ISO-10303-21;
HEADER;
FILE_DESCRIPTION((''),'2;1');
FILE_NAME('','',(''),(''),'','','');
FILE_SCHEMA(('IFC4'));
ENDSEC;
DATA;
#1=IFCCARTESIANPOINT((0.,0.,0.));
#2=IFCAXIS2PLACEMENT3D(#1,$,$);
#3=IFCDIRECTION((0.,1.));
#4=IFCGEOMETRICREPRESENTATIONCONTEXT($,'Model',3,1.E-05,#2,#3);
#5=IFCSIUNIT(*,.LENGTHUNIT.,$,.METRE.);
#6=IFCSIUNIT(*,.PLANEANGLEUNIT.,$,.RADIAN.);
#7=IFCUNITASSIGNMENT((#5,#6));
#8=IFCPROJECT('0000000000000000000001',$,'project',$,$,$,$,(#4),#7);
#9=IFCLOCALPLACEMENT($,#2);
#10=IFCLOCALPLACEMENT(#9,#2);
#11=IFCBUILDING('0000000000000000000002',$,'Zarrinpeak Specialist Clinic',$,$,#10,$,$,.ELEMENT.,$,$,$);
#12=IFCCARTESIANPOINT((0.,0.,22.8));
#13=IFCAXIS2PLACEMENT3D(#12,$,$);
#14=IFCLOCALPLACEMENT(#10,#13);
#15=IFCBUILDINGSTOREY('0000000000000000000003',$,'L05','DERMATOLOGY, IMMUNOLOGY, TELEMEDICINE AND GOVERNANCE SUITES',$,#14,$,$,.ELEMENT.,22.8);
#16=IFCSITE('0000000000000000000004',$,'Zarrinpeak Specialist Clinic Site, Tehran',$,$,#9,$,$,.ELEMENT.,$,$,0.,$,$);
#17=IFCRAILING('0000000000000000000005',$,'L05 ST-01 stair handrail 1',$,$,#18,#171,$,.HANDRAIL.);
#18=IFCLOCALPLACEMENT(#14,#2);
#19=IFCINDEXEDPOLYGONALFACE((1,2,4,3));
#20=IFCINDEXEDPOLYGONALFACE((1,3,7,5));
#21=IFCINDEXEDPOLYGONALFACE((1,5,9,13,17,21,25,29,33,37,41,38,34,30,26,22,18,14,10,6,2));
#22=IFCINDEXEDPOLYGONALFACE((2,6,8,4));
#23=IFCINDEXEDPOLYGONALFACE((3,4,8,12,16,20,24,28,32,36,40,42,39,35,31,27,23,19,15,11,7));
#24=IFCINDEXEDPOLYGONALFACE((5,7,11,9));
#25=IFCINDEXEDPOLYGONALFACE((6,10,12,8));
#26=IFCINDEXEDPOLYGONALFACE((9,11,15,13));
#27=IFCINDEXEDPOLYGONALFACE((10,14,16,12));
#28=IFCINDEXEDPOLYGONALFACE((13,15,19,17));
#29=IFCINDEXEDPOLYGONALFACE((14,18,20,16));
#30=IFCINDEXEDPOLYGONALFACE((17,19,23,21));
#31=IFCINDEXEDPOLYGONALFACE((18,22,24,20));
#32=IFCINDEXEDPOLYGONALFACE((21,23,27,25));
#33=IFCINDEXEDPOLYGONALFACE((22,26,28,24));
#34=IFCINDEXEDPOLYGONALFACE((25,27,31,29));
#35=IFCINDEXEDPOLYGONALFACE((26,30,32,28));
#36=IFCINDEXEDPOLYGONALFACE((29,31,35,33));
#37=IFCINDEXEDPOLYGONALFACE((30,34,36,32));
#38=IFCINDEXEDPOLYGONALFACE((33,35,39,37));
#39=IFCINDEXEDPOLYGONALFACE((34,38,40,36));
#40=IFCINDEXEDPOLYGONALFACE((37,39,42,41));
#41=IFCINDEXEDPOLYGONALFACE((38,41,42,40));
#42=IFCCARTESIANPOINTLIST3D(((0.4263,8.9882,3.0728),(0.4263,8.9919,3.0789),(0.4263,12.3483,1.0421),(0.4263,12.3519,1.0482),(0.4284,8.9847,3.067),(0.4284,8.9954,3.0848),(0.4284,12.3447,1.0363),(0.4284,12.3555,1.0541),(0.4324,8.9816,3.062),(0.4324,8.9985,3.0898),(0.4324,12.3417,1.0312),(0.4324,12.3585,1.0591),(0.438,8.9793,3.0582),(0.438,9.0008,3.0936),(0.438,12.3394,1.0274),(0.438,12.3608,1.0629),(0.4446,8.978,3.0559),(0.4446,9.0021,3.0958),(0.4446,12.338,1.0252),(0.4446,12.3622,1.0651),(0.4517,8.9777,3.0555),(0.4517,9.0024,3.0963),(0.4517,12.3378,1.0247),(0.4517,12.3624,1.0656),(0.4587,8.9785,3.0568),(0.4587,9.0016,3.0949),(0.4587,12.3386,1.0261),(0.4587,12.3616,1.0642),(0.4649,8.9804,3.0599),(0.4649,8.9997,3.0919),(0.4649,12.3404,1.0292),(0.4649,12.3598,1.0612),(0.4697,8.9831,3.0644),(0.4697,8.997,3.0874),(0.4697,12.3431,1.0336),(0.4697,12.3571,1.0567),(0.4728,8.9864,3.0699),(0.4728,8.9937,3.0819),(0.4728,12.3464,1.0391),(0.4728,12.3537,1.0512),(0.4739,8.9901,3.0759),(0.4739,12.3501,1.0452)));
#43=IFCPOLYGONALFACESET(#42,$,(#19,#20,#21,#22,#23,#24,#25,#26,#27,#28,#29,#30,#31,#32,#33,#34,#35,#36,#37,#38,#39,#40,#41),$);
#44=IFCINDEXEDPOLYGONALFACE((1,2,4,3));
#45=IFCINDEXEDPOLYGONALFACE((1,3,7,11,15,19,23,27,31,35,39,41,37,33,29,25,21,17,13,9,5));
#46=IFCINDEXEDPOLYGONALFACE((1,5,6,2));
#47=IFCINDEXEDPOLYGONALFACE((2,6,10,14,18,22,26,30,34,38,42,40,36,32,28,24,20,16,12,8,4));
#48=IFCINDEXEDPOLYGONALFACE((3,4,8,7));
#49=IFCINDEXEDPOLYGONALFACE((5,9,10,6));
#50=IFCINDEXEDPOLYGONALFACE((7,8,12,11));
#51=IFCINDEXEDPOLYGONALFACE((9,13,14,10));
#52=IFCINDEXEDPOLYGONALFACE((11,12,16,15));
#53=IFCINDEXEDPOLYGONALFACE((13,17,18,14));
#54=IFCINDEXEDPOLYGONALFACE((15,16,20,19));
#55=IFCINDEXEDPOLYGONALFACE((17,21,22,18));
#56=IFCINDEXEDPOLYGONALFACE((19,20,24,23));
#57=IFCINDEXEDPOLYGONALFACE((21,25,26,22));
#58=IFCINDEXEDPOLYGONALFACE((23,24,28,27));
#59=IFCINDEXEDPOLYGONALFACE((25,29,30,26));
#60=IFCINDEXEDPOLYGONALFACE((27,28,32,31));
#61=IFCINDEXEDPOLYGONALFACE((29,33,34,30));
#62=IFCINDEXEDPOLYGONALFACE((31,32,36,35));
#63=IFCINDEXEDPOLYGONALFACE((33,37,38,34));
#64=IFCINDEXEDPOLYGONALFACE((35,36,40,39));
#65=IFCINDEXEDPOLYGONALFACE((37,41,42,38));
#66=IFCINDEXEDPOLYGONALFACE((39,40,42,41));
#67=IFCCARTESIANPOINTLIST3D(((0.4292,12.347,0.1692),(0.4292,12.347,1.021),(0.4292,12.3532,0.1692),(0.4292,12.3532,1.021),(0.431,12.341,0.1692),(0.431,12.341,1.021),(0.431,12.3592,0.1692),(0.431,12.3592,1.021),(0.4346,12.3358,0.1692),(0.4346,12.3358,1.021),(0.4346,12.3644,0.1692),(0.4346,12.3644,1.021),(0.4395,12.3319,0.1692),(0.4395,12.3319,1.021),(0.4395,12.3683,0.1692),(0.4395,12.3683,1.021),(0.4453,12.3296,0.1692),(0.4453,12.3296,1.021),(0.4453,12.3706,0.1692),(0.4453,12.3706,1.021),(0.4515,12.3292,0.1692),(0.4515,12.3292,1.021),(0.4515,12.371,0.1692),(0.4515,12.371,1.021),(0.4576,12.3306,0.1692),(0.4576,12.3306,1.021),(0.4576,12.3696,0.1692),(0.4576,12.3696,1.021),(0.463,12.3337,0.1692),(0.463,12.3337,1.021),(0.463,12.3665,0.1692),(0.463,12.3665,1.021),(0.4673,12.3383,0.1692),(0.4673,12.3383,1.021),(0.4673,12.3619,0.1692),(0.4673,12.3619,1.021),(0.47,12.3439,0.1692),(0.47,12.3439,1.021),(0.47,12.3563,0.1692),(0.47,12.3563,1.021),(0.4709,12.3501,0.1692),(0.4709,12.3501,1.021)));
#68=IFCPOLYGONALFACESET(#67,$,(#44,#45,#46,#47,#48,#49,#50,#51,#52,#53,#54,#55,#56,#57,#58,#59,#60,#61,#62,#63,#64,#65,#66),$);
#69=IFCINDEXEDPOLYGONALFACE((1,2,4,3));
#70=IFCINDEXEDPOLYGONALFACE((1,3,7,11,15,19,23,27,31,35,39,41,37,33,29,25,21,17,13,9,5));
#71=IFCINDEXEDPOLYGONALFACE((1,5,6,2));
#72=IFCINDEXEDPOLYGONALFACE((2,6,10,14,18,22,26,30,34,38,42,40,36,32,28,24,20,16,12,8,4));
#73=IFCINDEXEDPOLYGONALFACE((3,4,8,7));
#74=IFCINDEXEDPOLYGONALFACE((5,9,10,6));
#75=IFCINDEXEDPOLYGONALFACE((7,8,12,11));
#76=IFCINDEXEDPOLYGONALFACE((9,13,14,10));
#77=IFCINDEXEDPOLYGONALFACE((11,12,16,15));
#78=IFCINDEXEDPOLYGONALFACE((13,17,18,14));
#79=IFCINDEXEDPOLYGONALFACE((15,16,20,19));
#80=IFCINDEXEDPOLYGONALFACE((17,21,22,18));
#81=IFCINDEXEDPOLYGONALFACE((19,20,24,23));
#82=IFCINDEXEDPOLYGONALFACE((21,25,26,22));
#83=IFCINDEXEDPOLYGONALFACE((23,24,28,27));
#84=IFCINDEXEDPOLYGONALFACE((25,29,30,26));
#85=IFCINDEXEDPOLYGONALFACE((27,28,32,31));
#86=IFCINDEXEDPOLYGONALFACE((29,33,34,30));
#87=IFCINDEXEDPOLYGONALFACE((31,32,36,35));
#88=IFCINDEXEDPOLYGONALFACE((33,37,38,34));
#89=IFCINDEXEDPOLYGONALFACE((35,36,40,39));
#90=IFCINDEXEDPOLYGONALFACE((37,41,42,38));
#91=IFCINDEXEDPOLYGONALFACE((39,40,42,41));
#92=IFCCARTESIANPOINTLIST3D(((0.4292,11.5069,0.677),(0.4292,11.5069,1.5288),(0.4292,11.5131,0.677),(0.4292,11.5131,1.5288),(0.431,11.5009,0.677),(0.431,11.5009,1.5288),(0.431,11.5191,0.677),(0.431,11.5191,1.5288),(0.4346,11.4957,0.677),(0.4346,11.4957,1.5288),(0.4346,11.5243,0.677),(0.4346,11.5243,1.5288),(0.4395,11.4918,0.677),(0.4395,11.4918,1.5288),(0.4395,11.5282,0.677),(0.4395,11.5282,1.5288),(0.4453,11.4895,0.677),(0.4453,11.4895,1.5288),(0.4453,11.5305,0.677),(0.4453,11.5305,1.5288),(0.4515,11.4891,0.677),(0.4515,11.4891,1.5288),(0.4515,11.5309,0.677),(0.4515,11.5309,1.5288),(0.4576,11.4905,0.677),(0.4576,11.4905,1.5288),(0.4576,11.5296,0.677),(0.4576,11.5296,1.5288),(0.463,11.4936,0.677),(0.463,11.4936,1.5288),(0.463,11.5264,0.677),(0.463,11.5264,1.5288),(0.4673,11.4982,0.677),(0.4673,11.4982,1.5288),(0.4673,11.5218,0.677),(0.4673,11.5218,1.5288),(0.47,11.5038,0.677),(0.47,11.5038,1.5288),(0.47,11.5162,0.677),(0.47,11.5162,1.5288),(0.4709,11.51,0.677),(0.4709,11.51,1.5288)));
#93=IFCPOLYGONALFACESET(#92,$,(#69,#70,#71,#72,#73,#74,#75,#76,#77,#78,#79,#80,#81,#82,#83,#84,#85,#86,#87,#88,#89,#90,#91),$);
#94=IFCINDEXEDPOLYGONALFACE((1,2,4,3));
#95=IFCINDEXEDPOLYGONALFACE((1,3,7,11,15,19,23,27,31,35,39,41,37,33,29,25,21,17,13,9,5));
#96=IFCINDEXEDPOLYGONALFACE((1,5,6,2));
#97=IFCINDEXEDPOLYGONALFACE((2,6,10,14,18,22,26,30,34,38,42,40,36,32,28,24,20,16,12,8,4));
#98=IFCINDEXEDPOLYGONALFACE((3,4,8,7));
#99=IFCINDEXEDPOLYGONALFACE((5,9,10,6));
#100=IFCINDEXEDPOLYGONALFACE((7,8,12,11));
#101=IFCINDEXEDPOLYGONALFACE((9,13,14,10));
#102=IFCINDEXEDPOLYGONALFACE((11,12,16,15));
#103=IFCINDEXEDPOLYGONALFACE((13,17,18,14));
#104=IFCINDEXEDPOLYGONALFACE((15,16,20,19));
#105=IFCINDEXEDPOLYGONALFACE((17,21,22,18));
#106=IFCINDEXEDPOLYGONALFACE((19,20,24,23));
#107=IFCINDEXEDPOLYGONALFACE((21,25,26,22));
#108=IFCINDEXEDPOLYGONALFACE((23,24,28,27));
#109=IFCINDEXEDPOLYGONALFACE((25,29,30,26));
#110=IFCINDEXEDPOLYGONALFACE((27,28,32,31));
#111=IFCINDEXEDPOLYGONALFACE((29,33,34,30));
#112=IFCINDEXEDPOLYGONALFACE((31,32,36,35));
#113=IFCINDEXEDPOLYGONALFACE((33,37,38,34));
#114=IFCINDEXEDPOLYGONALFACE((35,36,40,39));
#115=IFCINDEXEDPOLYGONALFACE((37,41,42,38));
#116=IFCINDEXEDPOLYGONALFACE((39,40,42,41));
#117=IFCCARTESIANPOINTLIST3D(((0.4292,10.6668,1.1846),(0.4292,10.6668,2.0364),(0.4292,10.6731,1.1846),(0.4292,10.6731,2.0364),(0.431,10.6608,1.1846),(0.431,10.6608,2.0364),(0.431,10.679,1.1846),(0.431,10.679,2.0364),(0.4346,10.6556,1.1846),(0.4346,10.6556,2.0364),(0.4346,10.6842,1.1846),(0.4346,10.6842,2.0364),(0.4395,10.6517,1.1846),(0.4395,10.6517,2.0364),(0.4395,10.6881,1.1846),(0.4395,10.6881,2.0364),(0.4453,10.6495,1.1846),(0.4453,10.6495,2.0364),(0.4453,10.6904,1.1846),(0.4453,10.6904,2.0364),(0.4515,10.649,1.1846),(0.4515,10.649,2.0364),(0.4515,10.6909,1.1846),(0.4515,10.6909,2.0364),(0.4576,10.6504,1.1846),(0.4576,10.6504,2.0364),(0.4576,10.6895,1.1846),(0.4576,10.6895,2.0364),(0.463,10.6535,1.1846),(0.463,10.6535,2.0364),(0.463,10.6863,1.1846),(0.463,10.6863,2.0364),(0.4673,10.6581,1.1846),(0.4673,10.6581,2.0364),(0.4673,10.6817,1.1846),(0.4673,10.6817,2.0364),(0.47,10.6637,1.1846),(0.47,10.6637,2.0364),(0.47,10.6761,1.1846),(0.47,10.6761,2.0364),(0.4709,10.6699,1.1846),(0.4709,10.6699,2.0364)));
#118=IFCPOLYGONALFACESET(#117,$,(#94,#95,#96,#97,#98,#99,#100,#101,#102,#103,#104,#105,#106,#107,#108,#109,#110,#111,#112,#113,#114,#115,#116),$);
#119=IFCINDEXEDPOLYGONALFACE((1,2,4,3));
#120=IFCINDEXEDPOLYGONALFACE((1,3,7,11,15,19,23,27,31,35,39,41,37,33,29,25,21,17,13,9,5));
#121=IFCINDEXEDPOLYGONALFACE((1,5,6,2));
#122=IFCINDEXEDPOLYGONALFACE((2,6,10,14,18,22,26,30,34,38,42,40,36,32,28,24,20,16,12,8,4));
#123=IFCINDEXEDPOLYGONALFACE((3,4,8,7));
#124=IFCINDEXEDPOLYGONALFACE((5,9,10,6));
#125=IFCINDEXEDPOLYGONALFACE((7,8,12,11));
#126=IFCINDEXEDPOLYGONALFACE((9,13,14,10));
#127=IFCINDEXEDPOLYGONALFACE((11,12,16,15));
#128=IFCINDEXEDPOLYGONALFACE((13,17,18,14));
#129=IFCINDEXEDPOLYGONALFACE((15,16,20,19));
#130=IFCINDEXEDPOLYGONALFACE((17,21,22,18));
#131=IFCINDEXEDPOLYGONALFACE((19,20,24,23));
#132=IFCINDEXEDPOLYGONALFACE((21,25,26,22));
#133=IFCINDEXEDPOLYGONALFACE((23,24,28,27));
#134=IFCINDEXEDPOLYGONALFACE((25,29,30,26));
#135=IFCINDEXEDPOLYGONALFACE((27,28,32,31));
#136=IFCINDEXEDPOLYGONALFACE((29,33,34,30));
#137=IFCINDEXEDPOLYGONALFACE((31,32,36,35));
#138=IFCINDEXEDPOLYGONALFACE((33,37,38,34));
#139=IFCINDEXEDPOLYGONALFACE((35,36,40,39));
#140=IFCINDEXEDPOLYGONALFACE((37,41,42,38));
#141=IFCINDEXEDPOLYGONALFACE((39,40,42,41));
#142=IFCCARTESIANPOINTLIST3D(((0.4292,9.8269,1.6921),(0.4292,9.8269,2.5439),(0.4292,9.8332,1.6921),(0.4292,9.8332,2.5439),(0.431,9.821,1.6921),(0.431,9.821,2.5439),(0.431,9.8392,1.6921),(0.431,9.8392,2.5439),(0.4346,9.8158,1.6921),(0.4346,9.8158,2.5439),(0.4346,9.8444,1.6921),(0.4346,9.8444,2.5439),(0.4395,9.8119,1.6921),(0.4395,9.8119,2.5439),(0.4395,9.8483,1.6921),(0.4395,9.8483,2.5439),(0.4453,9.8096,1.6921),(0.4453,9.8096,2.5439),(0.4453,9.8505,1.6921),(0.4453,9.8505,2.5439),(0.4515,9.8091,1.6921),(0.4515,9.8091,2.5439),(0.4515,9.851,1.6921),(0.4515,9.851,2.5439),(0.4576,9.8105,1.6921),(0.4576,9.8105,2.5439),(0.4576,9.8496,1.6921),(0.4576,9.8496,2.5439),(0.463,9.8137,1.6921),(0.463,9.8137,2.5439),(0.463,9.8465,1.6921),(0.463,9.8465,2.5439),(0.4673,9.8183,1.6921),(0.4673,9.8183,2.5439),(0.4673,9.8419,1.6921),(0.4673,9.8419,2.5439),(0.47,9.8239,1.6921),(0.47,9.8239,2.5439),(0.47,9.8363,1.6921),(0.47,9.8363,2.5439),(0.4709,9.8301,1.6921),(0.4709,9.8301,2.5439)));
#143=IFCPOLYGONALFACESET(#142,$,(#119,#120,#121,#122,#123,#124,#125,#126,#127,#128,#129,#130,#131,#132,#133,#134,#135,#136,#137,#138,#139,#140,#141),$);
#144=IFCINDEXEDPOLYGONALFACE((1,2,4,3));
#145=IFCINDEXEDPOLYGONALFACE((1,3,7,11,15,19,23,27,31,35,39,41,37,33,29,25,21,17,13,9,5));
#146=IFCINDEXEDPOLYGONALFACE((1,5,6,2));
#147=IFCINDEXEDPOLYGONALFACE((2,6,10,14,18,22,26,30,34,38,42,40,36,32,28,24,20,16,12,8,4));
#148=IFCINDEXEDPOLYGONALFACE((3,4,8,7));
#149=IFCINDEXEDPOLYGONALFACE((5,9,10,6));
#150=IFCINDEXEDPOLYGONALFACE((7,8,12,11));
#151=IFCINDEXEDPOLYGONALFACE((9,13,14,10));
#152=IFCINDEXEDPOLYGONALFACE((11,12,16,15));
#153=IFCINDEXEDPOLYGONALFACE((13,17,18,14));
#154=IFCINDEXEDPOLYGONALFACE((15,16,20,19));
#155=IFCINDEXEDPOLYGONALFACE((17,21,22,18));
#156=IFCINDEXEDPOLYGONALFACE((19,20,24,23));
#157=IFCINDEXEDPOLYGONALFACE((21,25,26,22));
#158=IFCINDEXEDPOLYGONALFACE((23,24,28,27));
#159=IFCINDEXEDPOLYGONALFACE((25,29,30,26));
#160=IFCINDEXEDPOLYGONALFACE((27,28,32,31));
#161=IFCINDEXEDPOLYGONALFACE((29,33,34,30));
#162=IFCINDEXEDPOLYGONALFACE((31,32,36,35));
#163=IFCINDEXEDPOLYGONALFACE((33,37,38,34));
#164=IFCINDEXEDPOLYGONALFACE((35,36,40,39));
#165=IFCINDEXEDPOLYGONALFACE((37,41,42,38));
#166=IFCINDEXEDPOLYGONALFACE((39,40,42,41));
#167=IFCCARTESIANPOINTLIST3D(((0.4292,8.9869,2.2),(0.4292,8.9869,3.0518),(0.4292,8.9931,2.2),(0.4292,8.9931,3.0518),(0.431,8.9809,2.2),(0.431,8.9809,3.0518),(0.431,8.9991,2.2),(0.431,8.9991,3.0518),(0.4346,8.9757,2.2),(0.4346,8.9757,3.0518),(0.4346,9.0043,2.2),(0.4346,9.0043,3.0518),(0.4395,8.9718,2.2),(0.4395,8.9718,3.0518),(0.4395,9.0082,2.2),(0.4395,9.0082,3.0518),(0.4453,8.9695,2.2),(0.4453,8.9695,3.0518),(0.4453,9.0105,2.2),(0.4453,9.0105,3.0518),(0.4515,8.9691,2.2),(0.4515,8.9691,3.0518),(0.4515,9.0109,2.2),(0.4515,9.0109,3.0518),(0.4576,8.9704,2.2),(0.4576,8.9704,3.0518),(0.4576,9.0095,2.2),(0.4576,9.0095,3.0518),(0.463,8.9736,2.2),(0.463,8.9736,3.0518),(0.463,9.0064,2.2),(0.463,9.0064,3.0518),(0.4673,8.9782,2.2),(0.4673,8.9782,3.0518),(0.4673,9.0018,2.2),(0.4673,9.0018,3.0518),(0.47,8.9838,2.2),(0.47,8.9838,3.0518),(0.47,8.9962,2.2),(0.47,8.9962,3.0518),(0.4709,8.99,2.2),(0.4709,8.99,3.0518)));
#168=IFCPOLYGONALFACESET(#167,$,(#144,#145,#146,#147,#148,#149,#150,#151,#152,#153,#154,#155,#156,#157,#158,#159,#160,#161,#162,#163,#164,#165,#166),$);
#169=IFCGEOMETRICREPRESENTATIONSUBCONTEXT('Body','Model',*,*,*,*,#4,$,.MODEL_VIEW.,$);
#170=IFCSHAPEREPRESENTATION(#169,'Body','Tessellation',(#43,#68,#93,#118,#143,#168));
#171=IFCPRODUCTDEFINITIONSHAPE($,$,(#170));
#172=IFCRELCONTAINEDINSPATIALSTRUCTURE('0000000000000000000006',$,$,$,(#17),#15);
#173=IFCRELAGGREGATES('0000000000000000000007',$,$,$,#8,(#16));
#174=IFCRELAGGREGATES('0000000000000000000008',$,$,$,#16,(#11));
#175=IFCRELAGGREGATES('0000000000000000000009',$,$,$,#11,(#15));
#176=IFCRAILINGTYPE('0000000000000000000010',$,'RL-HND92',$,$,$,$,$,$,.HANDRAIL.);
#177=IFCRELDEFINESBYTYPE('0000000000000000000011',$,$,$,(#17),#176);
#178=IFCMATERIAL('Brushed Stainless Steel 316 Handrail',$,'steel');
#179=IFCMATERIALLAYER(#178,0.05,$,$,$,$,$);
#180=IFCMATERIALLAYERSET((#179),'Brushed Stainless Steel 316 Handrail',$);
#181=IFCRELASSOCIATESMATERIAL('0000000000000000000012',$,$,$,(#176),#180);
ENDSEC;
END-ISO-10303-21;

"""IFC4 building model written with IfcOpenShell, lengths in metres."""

from ifc_helpers import new_model, si_unit, direction, frame, origin, origin_2d, place, context, subcontext, project, spatial, circle, extrude, material, layer, layer_set, type_object, element, save


model = new_model("IFC4")

# Units and contexts
model_context = context("Model", 3, precision=1e-05, world=origin(), true_north=direction((0.0, 1.0)))
body_context = subcontext(model_context, "Body", "Model", "MODEL_VIEW")
ifc_project = project(units=[si_unit("LENGTHUNIT", "METRE"), si_unit("PLANEANGLEUNIT", "RADIAN")], contexts=[model_context])

# Site, building, storey
site_placement = place(None, origin())
site = spatial("IfcSite", under=ifc_project, at=site_placement, Name="Zarrinpeak Specialist Clinic Site, Tehran", CompositionType="ELEMENT", RefElevation=0.0)
building_placement = place(site_placement, origin())
building = spatial("IfcBuilding", under=site, at=building_placement, Name="Zarrinpeak Specialist Clinic", CompositionType="ELEMENT")
storey_placement = place(building_placement, frame((0.0, 0.0, 22.8)))
storey = spatial("IfcBuildingStorey", under=building, at=storey_placement, Name="L05", Description="DERMATOLOGY, IMMUNOLOGY, TELEMEDICINE AND GOVERNANCE SUITES", CompositionType="ELEMENT", Elevation=22.8)

# Railing
ifc_material_1 = material(Name="Brushed Stainless Steel 316 Handrail", Category="steel")
ifc_layer_1 = layer(ifc_material_1, 0.05)
ifc_layer_set_1 = layer_set([ifc_layer_1], Name="Brushed Stainless Steel 316 Handrail")
railing_type_1 = type_object("IfcRailingType", Name="RL-HND92", PredefinedType="HANDRAIL", material=ifc_layer_set_1)
railing_1_placement = place(storey_placement, frame((0.45, 12.3501, 0.1692)))
element("IfcRailing", 1, at=railing_1_placement, inside=storey, type_object=railing_type_1, Name="L05 ST-01 stair handrail 1", PredefinedType="HANDRAIL", context=body_context, shape_type="SweptSolid", body=[
    extrude(circle(Radius=0.0239, at=origin_2d()), frame((0.0, 0.0, 0.876), z_axis=(0.0, -0.855837, 0.517246), x_axis=(1.0, 0.0, 0.0)), (0.0, 0.0, 1.0), 3.926),
    extrude(circle(Radius=0.021, at=origin_2d()), origin(), (0.0, 0.0, 1.0), 0.8518),
    extrude(circle(Radius=0.021, at=origin_2d()), frame((0.0, -0.8401, 0.5078)), (0.0, 0.0, 1.0), 0.8518),
    extrude(circle(Radius=0.021, at=origin_2d()), frame((0.0, -1.6802, 1.0154)), (0.0, 0.0, 1.0), 0.8518),
    extrude(circle(Radius=0.021, at=origin_2d()), frame((0.0, -2.52, 1.5229)), (0.0, 0.0, 1.0), 0.8518),
    extrude(circle(Radius=0.021, at=origin_2d()), frame((0.0, -3.3601, 2.0308)), (0.0, 0.0, 1.0), 0.8518),
])

save(model, "model.ifc")
